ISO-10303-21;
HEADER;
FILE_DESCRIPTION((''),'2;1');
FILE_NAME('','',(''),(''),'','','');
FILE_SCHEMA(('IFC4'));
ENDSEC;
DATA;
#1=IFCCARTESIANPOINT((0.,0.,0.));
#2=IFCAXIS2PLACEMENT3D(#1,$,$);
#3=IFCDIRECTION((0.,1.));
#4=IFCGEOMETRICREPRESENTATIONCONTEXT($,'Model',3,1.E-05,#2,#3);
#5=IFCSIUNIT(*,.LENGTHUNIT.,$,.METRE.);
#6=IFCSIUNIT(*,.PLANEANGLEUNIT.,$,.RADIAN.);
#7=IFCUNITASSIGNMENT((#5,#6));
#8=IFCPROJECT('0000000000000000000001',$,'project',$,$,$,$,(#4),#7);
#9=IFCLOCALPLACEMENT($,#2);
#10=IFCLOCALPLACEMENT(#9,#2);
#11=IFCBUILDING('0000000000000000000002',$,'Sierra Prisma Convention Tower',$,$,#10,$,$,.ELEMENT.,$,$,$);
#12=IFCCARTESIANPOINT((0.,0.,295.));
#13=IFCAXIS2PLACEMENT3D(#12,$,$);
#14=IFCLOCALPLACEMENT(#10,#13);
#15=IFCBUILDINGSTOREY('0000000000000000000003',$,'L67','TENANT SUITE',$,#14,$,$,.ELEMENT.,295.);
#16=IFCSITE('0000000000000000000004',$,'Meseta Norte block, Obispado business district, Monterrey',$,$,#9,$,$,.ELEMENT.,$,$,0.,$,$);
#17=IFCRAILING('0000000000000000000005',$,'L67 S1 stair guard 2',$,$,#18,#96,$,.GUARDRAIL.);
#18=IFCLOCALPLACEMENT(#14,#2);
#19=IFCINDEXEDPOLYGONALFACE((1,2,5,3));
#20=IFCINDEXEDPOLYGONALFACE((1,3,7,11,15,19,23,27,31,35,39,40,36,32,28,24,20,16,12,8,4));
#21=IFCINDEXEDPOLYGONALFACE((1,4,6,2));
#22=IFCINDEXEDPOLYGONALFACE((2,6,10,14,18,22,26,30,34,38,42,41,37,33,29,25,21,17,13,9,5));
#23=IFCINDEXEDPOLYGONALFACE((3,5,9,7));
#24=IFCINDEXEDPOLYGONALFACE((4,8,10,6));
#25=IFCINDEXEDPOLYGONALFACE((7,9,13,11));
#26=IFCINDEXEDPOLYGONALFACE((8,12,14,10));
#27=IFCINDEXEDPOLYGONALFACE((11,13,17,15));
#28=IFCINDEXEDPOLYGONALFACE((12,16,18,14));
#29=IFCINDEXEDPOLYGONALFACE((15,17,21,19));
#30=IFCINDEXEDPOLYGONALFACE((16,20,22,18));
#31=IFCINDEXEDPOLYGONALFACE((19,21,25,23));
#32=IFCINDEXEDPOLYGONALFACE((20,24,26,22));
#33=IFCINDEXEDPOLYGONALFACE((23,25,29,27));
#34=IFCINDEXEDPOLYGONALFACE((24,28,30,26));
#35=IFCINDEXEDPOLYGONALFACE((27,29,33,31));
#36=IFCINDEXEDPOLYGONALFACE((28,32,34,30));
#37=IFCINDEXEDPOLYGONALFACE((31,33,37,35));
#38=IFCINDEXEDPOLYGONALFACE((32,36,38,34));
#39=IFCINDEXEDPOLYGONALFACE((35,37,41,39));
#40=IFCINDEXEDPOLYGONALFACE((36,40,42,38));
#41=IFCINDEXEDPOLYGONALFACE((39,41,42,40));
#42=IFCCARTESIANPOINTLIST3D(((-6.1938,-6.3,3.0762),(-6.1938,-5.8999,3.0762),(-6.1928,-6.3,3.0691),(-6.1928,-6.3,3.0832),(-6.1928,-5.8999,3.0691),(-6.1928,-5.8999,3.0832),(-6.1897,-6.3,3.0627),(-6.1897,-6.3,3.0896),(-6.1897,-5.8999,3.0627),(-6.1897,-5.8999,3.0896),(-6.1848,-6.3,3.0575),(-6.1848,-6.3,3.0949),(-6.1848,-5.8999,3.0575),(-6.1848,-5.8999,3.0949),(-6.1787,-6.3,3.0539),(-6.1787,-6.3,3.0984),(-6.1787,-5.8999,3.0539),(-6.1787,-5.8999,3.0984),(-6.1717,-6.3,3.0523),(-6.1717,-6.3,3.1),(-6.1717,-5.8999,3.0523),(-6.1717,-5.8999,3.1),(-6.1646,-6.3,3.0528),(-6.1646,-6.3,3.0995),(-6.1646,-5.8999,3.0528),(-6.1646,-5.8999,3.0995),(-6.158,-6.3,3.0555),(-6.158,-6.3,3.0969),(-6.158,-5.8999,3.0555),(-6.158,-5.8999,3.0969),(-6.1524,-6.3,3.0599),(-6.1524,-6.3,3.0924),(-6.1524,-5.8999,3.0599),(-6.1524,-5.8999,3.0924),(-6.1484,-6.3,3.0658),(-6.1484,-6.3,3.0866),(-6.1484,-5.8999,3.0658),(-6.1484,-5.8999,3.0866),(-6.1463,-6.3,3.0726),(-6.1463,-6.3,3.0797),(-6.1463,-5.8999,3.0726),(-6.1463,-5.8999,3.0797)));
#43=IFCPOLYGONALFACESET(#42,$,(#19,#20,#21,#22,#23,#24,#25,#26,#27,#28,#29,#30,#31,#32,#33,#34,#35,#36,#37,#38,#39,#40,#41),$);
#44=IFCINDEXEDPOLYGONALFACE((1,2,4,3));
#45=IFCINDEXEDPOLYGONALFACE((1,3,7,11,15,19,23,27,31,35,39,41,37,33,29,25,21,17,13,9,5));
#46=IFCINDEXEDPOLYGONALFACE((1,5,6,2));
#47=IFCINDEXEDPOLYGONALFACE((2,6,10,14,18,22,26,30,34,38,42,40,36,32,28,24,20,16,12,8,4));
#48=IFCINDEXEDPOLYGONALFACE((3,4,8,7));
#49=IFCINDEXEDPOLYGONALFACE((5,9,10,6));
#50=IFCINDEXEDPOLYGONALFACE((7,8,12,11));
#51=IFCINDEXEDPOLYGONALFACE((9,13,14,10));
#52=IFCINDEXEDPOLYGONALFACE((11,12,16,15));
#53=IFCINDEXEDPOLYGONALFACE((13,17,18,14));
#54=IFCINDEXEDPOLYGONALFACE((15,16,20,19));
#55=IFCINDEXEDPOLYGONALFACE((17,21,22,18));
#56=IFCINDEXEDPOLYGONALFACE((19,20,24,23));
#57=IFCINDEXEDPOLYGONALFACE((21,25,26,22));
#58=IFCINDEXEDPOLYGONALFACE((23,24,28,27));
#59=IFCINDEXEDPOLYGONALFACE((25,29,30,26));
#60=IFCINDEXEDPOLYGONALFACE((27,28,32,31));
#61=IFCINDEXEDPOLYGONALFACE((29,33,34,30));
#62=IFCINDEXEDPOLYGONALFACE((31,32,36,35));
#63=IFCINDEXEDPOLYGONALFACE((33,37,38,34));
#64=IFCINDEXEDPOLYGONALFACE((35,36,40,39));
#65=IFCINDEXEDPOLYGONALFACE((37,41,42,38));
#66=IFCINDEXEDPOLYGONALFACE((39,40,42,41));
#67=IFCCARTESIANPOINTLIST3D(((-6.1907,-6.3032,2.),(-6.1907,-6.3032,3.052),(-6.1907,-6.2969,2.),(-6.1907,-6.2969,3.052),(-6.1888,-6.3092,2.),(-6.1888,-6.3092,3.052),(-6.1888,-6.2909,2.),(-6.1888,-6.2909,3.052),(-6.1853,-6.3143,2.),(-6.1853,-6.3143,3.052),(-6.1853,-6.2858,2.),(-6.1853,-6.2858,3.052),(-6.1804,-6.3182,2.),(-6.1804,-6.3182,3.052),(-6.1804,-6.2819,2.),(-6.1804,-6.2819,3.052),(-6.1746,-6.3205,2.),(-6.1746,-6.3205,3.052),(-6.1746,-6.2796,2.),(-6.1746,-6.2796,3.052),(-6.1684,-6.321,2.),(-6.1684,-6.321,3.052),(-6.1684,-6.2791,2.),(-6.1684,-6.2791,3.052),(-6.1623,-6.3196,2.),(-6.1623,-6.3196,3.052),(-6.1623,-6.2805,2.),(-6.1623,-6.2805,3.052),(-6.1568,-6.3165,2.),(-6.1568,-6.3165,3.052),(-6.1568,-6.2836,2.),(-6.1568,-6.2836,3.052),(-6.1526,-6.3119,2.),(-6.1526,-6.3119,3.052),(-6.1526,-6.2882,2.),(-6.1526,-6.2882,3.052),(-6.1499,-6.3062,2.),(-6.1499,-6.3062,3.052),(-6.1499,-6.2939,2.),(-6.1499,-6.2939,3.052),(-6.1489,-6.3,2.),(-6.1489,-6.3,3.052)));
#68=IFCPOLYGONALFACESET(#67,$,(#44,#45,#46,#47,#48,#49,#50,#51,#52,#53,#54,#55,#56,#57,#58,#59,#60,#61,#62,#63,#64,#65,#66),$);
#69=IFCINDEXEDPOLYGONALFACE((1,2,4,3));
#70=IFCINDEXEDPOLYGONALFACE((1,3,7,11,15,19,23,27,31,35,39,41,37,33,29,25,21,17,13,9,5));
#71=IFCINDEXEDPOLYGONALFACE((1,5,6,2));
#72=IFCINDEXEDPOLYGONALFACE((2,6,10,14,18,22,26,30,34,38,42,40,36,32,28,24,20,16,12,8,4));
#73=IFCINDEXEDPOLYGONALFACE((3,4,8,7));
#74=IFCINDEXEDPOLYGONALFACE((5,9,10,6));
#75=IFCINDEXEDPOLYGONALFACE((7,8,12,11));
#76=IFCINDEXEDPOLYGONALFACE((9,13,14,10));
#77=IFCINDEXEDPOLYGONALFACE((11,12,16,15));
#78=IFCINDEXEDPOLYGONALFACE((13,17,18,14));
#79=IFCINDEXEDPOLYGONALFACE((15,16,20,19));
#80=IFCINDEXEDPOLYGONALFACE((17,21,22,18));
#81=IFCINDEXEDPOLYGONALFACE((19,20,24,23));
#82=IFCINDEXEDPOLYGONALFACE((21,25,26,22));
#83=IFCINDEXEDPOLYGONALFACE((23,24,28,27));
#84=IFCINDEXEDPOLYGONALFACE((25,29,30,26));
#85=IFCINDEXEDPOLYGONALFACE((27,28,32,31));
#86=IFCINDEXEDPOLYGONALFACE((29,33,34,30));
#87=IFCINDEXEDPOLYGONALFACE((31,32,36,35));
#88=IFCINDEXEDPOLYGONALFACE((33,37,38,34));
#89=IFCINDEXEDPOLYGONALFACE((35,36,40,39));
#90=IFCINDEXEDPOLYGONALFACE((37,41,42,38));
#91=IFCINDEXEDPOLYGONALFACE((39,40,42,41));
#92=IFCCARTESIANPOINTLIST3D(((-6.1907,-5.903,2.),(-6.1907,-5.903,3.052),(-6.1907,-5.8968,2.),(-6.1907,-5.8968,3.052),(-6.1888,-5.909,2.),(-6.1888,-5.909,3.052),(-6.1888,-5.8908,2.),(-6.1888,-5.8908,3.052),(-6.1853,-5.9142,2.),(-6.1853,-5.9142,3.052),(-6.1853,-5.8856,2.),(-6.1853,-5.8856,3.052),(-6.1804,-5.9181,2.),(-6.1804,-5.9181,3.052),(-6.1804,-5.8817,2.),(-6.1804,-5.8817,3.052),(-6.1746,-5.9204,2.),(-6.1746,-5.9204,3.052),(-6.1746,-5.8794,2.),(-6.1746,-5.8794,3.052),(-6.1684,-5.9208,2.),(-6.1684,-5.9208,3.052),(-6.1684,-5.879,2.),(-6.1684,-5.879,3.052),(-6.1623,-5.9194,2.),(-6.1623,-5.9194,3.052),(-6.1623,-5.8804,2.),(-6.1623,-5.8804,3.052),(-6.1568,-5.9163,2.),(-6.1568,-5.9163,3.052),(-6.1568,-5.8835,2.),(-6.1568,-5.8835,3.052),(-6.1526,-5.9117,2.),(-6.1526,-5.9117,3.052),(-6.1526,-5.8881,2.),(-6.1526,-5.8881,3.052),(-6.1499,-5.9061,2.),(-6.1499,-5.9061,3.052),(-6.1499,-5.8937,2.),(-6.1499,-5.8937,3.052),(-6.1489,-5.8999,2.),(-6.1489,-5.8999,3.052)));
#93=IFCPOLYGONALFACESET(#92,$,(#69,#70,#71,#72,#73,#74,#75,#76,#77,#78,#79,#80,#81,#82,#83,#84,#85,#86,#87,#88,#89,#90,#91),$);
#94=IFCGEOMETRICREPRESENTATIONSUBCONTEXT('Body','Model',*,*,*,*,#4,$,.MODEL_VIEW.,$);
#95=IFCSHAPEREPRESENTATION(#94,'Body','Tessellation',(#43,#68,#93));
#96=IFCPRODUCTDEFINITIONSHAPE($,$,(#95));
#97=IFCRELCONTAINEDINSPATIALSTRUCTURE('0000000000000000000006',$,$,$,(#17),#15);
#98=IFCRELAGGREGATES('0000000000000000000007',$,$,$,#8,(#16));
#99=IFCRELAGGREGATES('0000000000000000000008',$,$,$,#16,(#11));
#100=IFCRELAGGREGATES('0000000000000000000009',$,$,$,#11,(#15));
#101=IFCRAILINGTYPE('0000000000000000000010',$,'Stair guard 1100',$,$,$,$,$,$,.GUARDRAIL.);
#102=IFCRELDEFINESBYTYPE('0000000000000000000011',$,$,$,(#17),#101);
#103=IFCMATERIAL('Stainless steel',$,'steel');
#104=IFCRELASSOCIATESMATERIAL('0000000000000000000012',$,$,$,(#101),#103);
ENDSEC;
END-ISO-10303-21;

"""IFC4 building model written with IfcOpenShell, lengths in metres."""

from ifc_helpers import new_model, si_unit, direction, frame, origin, origin_2d, place, context, subcontext, project, spatial, circle, extrude, material, type_object, element, save


model = new_model("IFC4")

# Units and contexts
model_context = context("Model", 3, precision=1e-05, world=origin(), true_north=direction((0.0, 1.0)))
body_context = subcontext(model_context, "Body", "Model", "MODEL_VIEW")
ifc_project = project(units=[si_unit("LENGTHUNIT", "METRE"), si_unit("PLANEANGLEUNIT", "RADIAN")], contexts=[model_context])

# Site, building, storey
site_placement = place(None, origin())
site = spatial("IfcSite", under=ifc_project, at=site_placement, Name="Meseta Norte block, Obispado business district, Monterrey", CompositionType="ELEMENT", RefElevation=0.0)
building_placement = place(site_placement, origin())
building = spatial("IfcBuilding", under=site, at=building_placement, Name="Sierra Prisma Convention Tower", CompositionType="ELEMENT")
storey_placement = place(building_placement, frame((0.0, 0.0, 295.0)))
storey = spatial("IfcBuildingStorey", under=building, at=storey_placement, Name="L67", Description="TENANT SUITE", CompositionType="ELEMENT", Elevation=295.0)

# Railing
ifc_material_1 = material(Name="Stainless steel", Category="steel")
railing_type_1 = type_object("IfcRailingType", Name="Stair guard 1100", PredefinedType="GUARDRAIL", material=ifc_material_1)
railing_1_placement = place(storey_placement, frame((-6.1699, -6.3, 2.0)))
element("IfcRailing", 1, at=railing_1_placement, inside=storey, type_object=railing_type_1, Name="L67 S1 stair guard 2", PredefinedType="GUARDRAIL", context=body_context, shape_type="SweptSolid", body=[
    extrude(circle(Radius=0.0239, at=origin_2d()), frame((0.0, 0.0, 1.0762), z_axis=(0.0, 1.0, 0.0), x_axis=(-1.0, 0.0, 0.0)), (0.0, 0.0, 1.0), 0.4001),
    extrude(circle(Radius=0.021, at=origin_2d()), origin(), (0.0, 0.0, 1.0), 1.052),
    extrude(circle(Radius=0.021, at=origin_2d()), frame((0.0, 0.4001, 0.0)), (0.0, 0.0, 1.0), 1.052),
])

save(model, "model.ifc")
